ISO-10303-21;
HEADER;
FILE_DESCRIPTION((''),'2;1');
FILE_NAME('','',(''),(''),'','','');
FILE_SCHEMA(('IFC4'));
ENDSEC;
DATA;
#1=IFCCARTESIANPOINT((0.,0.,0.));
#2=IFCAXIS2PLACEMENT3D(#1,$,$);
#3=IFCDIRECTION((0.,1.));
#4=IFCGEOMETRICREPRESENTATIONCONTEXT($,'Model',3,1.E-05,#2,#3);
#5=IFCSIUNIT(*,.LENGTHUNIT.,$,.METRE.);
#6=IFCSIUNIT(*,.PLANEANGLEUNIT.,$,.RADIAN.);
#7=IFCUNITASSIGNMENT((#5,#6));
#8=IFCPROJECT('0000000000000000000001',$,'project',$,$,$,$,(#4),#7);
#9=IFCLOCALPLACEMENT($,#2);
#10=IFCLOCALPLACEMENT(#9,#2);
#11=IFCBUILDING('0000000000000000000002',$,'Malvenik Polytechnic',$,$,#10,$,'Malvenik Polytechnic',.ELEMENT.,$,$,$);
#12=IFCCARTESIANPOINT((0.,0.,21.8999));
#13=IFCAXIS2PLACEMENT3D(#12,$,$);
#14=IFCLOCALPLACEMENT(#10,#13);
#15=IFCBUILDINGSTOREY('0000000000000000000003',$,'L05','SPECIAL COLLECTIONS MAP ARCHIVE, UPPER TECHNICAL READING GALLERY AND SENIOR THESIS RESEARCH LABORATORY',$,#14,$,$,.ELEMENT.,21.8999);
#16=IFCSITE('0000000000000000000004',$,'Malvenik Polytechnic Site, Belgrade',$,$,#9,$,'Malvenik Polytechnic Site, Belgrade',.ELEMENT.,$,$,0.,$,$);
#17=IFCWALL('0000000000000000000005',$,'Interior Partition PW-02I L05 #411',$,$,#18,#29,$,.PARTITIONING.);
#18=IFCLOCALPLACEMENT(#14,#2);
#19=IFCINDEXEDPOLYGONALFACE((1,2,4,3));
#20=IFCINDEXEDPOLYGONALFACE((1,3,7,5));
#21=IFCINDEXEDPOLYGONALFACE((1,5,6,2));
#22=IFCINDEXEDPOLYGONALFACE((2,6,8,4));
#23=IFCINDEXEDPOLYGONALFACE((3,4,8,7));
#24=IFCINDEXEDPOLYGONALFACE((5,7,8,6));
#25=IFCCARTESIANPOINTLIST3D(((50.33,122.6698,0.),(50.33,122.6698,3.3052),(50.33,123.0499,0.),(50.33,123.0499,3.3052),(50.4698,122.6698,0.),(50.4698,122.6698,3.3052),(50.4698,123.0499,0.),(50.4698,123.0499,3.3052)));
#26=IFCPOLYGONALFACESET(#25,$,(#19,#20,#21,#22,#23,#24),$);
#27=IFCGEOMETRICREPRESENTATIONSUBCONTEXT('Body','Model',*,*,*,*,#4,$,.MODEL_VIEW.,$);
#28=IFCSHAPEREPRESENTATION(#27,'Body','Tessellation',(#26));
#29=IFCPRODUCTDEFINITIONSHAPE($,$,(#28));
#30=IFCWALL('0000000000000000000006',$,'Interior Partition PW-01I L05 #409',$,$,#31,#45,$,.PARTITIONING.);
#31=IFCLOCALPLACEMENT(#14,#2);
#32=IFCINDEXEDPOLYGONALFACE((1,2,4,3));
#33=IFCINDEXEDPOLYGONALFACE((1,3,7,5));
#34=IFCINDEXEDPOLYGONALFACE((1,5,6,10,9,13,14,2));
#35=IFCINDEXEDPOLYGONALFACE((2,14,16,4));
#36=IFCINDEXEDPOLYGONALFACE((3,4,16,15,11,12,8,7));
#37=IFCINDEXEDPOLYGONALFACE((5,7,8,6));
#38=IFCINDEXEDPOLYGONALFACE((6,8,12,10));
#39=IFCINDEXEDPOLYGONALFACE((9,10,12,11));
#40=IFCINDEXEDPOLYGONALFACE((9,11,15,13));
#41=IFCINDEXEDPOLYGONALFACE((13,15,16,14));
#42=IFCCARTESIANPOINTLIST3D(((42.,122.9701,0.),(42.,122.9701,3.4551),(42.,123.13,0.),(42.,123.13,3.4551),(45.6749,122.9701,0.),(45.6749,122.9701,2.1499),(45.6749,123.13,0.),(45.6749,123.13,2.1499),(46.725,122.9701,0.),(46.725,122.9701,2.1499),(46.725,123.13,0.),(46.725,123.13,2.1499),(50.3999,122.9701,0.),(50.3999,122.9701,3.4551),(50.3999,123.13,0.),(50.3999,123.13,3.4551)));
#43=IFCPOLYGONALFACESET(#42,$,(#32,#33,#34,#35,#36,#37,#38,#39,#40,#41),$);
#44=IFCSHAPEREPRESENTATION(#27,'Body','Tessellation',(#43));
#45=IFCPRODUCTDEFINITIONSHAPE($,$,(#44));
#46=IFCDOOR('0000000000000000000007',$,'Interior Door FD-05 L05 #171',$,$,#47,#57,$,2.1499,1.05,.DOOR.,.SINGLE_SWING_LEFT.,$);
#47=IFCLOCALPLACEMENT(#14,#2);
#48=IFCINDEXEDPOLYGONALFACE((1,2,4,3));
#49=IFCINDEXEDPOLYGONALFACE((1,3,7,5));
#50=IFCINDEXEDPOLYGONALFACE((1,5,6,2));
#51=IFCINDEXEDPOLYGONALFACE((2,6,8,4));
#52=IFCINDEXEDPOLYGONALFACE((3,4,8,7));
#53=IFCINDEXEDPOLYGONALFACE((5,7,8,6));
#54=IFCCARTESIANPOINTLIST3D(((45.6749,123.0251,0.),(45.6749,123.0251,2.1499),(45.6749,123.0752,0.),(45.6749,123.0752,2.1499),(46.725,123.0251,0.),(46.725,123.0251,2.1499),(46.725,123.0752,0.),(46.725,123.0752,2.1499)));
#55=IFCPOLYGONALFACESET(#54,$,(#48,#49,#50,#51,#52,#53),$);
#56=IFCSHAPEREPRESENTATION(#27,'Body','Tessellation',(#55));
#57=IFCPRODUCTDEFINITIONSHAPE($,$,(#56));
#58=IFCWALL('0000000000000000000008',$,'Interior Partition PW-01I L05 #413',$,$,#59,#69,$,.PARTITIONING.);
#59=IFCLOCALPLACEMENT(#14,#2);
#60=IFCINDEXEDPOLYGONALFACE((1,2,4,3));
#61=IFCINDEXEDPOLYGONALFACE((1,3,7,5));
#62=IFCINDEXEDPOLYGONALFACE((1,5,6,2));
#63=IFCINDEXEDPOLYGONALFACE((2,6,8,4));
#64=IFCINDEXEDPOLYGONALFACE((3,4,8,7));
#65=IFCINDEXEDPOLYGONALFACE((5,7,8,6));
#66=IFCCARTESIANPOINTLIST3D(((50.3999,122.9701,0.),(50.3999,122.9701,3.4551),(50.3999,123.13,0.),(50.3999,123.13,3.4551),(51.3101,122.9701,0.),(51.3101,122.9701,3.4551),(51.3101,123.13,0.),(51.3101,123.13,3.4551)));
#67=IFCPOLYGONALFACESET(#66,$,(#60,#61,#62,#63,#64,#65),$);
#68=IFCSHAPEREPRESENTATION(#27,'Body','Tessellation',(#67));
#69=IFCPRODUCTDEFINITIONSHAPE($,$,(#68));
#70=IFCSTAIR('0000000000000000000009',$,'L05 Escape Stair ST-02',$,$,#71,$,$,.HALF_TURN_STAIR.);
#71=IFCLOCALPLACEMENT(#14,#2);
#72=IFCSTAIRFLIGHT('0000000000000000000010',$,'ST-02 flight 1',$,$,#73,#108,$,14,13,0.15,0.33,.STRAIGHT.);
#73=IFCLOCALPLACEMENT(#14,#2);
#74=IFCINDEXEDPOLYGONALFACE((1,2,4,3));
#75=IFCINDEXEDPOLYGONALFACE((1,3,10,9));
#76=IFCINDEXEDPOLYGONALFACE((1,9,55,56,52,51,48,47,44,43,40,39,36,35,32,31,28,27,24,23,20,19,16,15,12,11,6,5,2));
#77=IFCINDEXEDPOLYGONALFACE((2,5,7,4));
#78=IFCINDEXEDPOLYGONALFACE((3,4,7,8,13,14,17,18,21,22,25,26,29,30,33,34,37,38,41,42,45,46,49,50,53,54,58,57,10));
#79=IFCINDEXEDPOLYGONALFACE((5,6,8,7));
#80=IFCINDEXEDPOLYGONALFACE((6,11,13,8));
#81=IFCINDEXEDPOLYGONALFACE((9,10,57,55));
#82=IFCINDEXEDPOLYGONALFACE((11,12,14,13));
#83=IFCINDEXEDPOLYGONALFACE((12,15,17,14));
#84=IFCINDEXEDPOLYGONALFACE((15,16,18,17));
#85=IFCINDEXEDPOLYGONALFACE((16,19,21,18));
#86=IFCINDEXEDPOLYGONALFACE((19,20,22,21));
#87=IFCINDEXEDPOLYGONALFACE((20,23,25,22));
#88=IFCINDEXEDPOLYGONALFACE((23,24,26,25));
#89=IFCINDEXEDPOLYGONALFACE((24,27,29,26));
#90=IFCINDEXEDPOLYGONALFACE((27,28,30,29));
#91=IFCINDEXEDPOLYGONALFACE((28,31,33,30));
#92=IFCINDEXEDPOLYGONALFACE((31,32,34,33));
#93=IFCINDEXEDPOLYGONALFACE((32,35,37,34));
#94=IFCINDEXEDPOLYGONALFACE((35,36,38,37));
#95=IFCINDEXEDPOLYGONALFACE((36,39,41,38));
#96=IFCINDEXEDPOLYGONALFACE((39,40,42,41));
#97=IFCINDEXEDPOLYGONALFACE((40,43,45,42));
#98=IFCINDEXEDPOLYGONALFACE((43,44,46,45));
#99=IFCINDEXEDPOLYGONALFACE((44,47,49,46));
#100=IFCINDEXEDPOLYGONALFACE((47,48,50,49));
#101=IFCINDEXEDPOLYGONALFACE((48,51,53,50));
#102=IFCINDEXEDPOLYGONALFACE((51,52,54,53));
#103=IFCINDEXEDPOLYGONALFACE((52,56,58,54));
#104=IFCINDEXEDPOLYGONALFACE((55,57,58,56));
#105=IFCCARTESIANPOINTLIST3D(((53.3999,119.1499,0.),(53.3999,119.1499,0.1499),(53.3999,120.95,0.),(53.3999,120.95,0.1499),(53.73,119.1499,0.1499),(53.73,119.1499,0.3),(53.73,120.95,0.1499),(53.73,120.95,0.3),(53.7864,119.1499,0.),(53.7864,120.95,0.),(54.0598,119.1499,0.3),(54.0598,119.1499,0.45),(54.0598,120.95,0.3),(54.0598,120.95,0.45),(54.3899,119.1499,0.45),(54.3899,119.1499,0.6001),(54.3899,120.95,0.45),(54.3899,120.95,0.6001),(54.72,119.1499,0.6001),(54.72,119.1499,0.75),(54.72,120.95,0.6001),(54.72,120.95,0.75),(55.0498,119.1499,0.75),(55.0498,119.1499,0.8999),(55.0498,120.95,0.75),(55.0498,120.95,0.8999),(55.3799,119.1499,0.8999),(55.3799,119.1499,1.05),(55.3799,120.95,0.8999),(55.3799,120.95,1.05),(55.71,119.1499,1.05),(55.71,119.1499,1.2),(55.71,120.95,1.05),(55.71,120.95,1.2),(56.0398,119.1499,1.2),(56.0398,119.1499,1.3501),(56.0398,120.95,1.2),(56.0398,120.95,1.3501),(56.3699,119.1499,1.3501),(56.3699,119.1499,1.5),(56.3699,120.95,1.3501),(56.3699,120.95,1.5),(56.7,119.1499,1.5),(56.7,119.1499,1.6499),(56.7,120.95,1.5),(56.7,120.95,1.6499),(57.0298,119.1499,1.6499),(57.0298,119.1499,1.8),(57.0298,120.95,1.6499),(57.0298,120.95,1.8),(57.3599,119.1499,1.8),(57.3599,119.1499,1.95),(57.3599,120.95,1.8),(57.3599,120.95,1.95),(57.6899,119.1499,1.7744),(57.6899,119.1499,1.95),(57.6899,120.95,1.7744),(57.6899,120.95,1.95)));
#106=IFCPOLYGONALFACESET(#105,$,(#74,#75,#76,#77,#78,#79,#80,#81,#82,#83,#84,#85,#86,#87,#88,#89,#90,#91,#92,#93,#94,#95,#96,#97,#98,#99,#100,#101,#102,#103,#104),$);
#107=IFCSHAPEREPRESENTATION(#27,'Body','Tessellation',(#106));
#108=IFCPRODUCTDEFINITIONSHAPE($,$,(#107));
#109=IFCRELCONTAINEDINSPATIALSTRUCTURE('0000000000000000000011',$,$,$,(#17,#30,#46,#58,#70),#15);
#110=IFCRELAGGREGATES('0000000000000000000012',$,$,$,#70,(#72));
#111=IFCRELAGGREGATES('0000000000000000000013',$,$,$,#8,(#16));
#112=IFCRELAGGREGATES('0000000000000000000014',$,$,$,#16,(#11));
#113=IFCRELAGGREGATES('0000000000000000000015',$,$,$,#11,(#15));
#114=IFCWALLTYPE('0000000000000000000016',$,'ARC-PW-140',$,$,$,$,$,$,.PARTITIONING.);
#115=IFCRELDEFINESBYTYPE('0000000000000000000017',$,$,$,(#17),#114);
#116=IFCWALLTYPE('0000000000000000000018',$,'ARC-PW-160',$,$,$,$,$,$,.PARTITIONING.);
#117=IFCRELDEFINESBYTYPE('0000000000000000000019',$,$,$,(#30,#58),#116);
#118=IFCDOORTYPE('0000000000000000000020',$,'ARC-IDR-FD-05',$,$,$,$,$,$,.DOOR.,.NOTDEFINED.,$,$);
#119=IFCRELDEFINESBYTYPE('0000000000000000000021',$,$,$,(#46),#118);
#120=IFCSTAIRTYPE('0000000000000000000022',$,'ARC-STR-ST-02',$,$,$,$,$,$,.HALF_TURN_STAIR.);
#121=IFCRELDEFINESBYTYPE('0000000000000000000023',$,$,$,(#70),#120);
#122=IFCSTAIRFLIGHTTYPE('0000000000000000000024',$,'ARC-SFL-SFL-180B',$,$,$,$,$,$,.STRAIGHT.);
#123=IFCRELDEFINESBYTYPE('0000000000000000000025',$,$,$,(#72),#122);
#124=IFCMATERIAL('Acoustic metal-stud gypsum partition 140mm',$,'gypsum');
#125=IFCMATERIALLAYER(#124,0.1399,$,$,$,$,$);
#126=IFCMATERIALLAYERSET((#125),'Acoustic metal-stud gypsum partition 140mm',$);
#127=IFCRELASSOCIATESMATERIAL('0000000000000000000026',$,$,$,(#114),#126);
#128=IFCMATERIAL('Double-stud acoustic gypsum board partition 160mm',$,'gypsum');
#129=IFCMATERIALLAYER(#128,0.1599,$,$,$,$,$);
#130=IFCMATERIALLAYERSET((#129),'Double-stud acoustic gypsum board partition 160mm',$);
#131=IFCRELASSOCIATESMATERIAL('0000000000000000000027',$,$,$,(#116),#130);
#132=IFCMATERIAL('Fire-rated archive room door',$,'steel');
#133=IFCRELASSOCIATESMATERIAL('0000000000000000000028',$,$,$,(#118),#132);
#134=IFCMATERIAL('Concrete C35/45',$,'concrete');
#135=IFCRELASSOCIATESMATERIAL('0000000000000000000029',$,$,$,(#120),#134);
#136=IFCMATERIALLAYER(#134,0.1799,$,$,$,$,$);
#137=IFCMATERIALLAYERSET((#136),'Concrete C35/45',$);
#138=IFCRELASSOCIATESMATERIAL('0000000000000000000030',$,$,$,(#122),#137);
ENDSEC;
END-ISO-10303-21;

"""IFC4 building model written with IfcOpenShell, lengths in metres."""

from ifc_helpers import new_model, si_unit, direction, frame, frame_2d, origin, place, context, subcontext, project, spatial, polyline, rectangle, outline, extrude, material, layer, layer_set, type_object, element, fill, aggregate, save


model = new_model("IFC4")

# Units and contexts
model_context = context("Model", 3, precision=1e-05, world=origin(), true_north=direction((0.0, 1.0)))
body_context = subcontext(model_context, "Body", "Model", "MODEL_VIEW")
ifc_project = project(units=[si_unit("LENGTHUNIT", "METRE"), si_unit("PLANEANGLEUNIT", "RADIAN")], contexts=[model_context])

# Site, building, storey
site_placement = place(None, origin())
site = spatial("IfcSite", under=ifc_project, at=site_placement, Name="Malvenik Polytechnic Site, Belgrade", LongName="Malvenik Polytechnic Site, Belgrade", CompositionType="ELEMENT", RefElevation=0.0)
building_placement = place(site_placement, origin())
building = spatial("IfcBuilding", under=site, at=building_placement, Name="Malvenik Polytechnic", LongName="Malvenik Polytechnic", CompositionType="ELEMENT")
storey_placement = place(building_placement, frame((0.0, 0.0, 21.8999)))
storey = spatial("IfcBuildingStorey", under=building, at=storey_placement, Name="L05", Description="SPECIAL COLLECTIONS MAP ARCHIVE, UPPER TECHNICAL READING GALLERY AND SENIOR THESIS RESEARCH LABORATORY", CompositionType="ELEMENT", Elevation=21.8999)

# Shared definitions
ifc_material_1 = material(Name="Concrete C35/45", Category="concrete")

# Wall
ifc_material_2 = material(Name="Acoustic metal-stud gypsum partition 140mm", Category="gypsum")
ifc_layer_1 = layer(ifc_material_2, 0.1399)
ifc_layer_set_1 = layer_set([ifc_layer_1], Name="Acoustic metal-stud gypsum partition 140mm")
wall_type_1 = type_object("IfcWallType", Name="ARC-PW-140", PredefinedType="PARTITIONING", material=ifc_layer_set_1)
wall_1_placement = place(storey_placement, frame((50.3999, 122.6699, 0.0), z_axis=(0.0, 0.0, 1.0), x_axis=(0.0, 1.0, 0.0)))
element("IfcWall", 1, at=wall_1_placement, inside=storey, type_object=wall_type_1, Name="Interior Partition PW-02I L05 #411", PredefinedType="PARTITIONING", context=body_context, shape_type="SweptSolid", body=[
    extrude(rectangle(XDim=0.3801, YDim=0.1399, at=frame_2d((0.1899, 0.0))), origin(), (0.0, 0.0, 1.0), 3.3052),
])

# Wall, opening, door
ifc_material_3 = material(Name="Double-stud acoustic gypsum board partition 160mm", Category="gypsum")
ifc_layer_2 = layer(ifc_material_3, 0.1599)
ifc_layer_set_2 = layer_set([ifc_layer_2], Name="Double-stud acoustic gypsum board partition 160mm")
wall_type_2 = type_object("IfcWallType", Name="ARC-PW-160", PredefinedType="PARTITIONING", material=ifc_layer_set_2)
wall_2_placement = place(storey_placement, frame((50.3999, 123.05, 0.0), z_axis=(0.0, 0.0, 1.0), x_axis=(-1.0, 0.0, 0.0)))
wall_2 = element("IfcWall", 2, at=wall_2_placement, inside=storey, type_object=wall_type_2, Name="Interior Partition PW-01I L05 #409", PredefinedType="PARTITIONING", context=body_context, shape_type="SweptSolid", body=[
    extrude(rectangle(XDim=8.3999, YDim=0.1599, at=frame_2d((4.2, 0.0))), origin(), (0.0, 0.0, 1.0), 3.4551),
])
opening_1_placement = place(wall_2_placement, frame((3.675, 0.0, 0.0)))
opening_1 = element("IfcOpeningElement", 3, at=opening_1_placement, cuts=wall_2, PredefinedType="OPENING", context=body_context, shape_type="SweptSolid", body=[
    extrude(rectangle(XDim=1.05, YDim=2.1499, at=frame_2d((0.5249, 1.075))), frame((0.0, 0.0898, 0.0), z_axis=(0.0, -1.0, 0.0), x_axis=(1.0, 0.0, 0.0)), (0.0, 0.0, 1.0), 0.1799),
])
ifc_material_4 = material(Name="Fire-rated archive room door", Category="steel")
door_type_1 = type_object("IfcDoorType", Name="ARC-IDR-FD-05", OperationType="NOTDEFINED", PredefinedType="DOOR", material=ifc_material_4)
door_1_placement = place(opening_1_placement, origin())
door_1 = element("IfcDoor", 4, at=door_1_placement, inside=storey, type_object=door_type_1, Name="Interior Door FD-05 L05 #171", OperationType="SINGLE_SWING_LEFT", OverallHeight=2.1499, OverallWidth=1.05, PredefinedType="DOOR", context=body_context, shape_type="SweptSolid", body=[
    extrude(rectangle(XDim=1.05, YDim=2.1499, at=frame_2d((0.5249, 1.075))), frame((0.0, 0.0249, 0.0), z_axis=(0.0, -1.0, 0.0), x_axis=(1.0, 0.0, 0.0)), (0.0, 0.0, 1.0), 0.05),
])
fill(opening_1, door_1)

# Wall
wall_3_placement = place(storey_placement, frame((51.3101, 123.05, 0.0), z_axis=(0.0, 0.0, 1.0), x_axis=(-1.0, 0.0, 0.0)))
element("IfcWall", 5, at=wall_3_placement, inside=storey, type_object=wall_type_2, Name="Interior Partition PW-01I L05 #413", PredefinedType="PARTITIONING", context=body_context, shape_type="SweptSolid", body=[
    extrude(rectangle(XDim=0.9102, YDim=0.1599, at=frame_2d((0.4551, 0.0))), origin(), (0.0, 0.0, 1.0), 3.4551),
])

# Stair, stair flight
stair_type = type_object("IfcStairType", Name="ARC-STR-ST-02", PredefinedType="HALF_TURN_STAIR", material=ifc_material_1)
stair_placement = place(storey_placement, origin())
stair = element("IfcStair", 6, at=stair_placement, inside=storey, type_object=stair_type, Name="L05 Escape Stair ST-02", PredefinedType="HALF_TURN_STAIR")
ifc_layer_3 = layer(ifc_material_1, 0.1799)
ifc_layer_set_3 = layer_set([ifc_layer_3], Name="Concrete C35/45")
stair_flight_type = type_object("IfcStairFlightType", Name="ARC-SFL-SFL-180B", PredefinedType="STRAIGHT", material=ifc_layer_set_3)
stair_flight_placement = place(storey_placement, frame((53.3999, 120.05, 0.0), z_axis=(0.0, 0.0, 1.0), x_axis=(1.0, 0.0, 0.0)))
stair_flight = element("IfcStairFlight", 7, at=stair_flight_placement, type_object=stair_flight_type, Name="ST-02 flight 1", NumberOfRisers=14, NumberOfTreads=13, PredefinedType="STRAIGHT", RiserHeight=0.15, TreadLength=0.33, context=body_context, shape_type="SweptSolid", body=[
    extrude(outline(polyline([(0.0, 0.0), (0.0, 0.1499), (0.3301, 0.1499), (0.3301, 0.3), (0.6599, 0.3), (0.6599, 0.45), (0.99, 0.45), (0.99, 0.6001), (1.3201, 0.6001), (1.3201, 0.75), (1.6499, 0.75), (1.6499, 0.8999), (1.98, 0.8999), (1.98, 1.05), (2.3101, 1.05), (2.3101, 1.2), (2.6399, 1.2), (2.6399, 1.3501), (2.97, 1.3501), (2.97, 1.5), (3.3, 1.5), (3.3, 1.6499), (3.6299, 1.6499), (3.6299, 1.8), (3.96, 1.8), (3.96, 1.95), (4.29, 1.95), (4.29, 2.1001), (4.29, 1.7744), (0.3865, 0.0), (0.0, 0.0)])), frame((0.0, 0.8999, 0.0), z_axis=(0.0, -1.0, 0.0), x_axis=(1.0, 0.0, 0.0)), (0.0, 0.0, 1.0), 1.8),
])
aggregate(stair, [stair_flight])

save(model, "model.ifc")
